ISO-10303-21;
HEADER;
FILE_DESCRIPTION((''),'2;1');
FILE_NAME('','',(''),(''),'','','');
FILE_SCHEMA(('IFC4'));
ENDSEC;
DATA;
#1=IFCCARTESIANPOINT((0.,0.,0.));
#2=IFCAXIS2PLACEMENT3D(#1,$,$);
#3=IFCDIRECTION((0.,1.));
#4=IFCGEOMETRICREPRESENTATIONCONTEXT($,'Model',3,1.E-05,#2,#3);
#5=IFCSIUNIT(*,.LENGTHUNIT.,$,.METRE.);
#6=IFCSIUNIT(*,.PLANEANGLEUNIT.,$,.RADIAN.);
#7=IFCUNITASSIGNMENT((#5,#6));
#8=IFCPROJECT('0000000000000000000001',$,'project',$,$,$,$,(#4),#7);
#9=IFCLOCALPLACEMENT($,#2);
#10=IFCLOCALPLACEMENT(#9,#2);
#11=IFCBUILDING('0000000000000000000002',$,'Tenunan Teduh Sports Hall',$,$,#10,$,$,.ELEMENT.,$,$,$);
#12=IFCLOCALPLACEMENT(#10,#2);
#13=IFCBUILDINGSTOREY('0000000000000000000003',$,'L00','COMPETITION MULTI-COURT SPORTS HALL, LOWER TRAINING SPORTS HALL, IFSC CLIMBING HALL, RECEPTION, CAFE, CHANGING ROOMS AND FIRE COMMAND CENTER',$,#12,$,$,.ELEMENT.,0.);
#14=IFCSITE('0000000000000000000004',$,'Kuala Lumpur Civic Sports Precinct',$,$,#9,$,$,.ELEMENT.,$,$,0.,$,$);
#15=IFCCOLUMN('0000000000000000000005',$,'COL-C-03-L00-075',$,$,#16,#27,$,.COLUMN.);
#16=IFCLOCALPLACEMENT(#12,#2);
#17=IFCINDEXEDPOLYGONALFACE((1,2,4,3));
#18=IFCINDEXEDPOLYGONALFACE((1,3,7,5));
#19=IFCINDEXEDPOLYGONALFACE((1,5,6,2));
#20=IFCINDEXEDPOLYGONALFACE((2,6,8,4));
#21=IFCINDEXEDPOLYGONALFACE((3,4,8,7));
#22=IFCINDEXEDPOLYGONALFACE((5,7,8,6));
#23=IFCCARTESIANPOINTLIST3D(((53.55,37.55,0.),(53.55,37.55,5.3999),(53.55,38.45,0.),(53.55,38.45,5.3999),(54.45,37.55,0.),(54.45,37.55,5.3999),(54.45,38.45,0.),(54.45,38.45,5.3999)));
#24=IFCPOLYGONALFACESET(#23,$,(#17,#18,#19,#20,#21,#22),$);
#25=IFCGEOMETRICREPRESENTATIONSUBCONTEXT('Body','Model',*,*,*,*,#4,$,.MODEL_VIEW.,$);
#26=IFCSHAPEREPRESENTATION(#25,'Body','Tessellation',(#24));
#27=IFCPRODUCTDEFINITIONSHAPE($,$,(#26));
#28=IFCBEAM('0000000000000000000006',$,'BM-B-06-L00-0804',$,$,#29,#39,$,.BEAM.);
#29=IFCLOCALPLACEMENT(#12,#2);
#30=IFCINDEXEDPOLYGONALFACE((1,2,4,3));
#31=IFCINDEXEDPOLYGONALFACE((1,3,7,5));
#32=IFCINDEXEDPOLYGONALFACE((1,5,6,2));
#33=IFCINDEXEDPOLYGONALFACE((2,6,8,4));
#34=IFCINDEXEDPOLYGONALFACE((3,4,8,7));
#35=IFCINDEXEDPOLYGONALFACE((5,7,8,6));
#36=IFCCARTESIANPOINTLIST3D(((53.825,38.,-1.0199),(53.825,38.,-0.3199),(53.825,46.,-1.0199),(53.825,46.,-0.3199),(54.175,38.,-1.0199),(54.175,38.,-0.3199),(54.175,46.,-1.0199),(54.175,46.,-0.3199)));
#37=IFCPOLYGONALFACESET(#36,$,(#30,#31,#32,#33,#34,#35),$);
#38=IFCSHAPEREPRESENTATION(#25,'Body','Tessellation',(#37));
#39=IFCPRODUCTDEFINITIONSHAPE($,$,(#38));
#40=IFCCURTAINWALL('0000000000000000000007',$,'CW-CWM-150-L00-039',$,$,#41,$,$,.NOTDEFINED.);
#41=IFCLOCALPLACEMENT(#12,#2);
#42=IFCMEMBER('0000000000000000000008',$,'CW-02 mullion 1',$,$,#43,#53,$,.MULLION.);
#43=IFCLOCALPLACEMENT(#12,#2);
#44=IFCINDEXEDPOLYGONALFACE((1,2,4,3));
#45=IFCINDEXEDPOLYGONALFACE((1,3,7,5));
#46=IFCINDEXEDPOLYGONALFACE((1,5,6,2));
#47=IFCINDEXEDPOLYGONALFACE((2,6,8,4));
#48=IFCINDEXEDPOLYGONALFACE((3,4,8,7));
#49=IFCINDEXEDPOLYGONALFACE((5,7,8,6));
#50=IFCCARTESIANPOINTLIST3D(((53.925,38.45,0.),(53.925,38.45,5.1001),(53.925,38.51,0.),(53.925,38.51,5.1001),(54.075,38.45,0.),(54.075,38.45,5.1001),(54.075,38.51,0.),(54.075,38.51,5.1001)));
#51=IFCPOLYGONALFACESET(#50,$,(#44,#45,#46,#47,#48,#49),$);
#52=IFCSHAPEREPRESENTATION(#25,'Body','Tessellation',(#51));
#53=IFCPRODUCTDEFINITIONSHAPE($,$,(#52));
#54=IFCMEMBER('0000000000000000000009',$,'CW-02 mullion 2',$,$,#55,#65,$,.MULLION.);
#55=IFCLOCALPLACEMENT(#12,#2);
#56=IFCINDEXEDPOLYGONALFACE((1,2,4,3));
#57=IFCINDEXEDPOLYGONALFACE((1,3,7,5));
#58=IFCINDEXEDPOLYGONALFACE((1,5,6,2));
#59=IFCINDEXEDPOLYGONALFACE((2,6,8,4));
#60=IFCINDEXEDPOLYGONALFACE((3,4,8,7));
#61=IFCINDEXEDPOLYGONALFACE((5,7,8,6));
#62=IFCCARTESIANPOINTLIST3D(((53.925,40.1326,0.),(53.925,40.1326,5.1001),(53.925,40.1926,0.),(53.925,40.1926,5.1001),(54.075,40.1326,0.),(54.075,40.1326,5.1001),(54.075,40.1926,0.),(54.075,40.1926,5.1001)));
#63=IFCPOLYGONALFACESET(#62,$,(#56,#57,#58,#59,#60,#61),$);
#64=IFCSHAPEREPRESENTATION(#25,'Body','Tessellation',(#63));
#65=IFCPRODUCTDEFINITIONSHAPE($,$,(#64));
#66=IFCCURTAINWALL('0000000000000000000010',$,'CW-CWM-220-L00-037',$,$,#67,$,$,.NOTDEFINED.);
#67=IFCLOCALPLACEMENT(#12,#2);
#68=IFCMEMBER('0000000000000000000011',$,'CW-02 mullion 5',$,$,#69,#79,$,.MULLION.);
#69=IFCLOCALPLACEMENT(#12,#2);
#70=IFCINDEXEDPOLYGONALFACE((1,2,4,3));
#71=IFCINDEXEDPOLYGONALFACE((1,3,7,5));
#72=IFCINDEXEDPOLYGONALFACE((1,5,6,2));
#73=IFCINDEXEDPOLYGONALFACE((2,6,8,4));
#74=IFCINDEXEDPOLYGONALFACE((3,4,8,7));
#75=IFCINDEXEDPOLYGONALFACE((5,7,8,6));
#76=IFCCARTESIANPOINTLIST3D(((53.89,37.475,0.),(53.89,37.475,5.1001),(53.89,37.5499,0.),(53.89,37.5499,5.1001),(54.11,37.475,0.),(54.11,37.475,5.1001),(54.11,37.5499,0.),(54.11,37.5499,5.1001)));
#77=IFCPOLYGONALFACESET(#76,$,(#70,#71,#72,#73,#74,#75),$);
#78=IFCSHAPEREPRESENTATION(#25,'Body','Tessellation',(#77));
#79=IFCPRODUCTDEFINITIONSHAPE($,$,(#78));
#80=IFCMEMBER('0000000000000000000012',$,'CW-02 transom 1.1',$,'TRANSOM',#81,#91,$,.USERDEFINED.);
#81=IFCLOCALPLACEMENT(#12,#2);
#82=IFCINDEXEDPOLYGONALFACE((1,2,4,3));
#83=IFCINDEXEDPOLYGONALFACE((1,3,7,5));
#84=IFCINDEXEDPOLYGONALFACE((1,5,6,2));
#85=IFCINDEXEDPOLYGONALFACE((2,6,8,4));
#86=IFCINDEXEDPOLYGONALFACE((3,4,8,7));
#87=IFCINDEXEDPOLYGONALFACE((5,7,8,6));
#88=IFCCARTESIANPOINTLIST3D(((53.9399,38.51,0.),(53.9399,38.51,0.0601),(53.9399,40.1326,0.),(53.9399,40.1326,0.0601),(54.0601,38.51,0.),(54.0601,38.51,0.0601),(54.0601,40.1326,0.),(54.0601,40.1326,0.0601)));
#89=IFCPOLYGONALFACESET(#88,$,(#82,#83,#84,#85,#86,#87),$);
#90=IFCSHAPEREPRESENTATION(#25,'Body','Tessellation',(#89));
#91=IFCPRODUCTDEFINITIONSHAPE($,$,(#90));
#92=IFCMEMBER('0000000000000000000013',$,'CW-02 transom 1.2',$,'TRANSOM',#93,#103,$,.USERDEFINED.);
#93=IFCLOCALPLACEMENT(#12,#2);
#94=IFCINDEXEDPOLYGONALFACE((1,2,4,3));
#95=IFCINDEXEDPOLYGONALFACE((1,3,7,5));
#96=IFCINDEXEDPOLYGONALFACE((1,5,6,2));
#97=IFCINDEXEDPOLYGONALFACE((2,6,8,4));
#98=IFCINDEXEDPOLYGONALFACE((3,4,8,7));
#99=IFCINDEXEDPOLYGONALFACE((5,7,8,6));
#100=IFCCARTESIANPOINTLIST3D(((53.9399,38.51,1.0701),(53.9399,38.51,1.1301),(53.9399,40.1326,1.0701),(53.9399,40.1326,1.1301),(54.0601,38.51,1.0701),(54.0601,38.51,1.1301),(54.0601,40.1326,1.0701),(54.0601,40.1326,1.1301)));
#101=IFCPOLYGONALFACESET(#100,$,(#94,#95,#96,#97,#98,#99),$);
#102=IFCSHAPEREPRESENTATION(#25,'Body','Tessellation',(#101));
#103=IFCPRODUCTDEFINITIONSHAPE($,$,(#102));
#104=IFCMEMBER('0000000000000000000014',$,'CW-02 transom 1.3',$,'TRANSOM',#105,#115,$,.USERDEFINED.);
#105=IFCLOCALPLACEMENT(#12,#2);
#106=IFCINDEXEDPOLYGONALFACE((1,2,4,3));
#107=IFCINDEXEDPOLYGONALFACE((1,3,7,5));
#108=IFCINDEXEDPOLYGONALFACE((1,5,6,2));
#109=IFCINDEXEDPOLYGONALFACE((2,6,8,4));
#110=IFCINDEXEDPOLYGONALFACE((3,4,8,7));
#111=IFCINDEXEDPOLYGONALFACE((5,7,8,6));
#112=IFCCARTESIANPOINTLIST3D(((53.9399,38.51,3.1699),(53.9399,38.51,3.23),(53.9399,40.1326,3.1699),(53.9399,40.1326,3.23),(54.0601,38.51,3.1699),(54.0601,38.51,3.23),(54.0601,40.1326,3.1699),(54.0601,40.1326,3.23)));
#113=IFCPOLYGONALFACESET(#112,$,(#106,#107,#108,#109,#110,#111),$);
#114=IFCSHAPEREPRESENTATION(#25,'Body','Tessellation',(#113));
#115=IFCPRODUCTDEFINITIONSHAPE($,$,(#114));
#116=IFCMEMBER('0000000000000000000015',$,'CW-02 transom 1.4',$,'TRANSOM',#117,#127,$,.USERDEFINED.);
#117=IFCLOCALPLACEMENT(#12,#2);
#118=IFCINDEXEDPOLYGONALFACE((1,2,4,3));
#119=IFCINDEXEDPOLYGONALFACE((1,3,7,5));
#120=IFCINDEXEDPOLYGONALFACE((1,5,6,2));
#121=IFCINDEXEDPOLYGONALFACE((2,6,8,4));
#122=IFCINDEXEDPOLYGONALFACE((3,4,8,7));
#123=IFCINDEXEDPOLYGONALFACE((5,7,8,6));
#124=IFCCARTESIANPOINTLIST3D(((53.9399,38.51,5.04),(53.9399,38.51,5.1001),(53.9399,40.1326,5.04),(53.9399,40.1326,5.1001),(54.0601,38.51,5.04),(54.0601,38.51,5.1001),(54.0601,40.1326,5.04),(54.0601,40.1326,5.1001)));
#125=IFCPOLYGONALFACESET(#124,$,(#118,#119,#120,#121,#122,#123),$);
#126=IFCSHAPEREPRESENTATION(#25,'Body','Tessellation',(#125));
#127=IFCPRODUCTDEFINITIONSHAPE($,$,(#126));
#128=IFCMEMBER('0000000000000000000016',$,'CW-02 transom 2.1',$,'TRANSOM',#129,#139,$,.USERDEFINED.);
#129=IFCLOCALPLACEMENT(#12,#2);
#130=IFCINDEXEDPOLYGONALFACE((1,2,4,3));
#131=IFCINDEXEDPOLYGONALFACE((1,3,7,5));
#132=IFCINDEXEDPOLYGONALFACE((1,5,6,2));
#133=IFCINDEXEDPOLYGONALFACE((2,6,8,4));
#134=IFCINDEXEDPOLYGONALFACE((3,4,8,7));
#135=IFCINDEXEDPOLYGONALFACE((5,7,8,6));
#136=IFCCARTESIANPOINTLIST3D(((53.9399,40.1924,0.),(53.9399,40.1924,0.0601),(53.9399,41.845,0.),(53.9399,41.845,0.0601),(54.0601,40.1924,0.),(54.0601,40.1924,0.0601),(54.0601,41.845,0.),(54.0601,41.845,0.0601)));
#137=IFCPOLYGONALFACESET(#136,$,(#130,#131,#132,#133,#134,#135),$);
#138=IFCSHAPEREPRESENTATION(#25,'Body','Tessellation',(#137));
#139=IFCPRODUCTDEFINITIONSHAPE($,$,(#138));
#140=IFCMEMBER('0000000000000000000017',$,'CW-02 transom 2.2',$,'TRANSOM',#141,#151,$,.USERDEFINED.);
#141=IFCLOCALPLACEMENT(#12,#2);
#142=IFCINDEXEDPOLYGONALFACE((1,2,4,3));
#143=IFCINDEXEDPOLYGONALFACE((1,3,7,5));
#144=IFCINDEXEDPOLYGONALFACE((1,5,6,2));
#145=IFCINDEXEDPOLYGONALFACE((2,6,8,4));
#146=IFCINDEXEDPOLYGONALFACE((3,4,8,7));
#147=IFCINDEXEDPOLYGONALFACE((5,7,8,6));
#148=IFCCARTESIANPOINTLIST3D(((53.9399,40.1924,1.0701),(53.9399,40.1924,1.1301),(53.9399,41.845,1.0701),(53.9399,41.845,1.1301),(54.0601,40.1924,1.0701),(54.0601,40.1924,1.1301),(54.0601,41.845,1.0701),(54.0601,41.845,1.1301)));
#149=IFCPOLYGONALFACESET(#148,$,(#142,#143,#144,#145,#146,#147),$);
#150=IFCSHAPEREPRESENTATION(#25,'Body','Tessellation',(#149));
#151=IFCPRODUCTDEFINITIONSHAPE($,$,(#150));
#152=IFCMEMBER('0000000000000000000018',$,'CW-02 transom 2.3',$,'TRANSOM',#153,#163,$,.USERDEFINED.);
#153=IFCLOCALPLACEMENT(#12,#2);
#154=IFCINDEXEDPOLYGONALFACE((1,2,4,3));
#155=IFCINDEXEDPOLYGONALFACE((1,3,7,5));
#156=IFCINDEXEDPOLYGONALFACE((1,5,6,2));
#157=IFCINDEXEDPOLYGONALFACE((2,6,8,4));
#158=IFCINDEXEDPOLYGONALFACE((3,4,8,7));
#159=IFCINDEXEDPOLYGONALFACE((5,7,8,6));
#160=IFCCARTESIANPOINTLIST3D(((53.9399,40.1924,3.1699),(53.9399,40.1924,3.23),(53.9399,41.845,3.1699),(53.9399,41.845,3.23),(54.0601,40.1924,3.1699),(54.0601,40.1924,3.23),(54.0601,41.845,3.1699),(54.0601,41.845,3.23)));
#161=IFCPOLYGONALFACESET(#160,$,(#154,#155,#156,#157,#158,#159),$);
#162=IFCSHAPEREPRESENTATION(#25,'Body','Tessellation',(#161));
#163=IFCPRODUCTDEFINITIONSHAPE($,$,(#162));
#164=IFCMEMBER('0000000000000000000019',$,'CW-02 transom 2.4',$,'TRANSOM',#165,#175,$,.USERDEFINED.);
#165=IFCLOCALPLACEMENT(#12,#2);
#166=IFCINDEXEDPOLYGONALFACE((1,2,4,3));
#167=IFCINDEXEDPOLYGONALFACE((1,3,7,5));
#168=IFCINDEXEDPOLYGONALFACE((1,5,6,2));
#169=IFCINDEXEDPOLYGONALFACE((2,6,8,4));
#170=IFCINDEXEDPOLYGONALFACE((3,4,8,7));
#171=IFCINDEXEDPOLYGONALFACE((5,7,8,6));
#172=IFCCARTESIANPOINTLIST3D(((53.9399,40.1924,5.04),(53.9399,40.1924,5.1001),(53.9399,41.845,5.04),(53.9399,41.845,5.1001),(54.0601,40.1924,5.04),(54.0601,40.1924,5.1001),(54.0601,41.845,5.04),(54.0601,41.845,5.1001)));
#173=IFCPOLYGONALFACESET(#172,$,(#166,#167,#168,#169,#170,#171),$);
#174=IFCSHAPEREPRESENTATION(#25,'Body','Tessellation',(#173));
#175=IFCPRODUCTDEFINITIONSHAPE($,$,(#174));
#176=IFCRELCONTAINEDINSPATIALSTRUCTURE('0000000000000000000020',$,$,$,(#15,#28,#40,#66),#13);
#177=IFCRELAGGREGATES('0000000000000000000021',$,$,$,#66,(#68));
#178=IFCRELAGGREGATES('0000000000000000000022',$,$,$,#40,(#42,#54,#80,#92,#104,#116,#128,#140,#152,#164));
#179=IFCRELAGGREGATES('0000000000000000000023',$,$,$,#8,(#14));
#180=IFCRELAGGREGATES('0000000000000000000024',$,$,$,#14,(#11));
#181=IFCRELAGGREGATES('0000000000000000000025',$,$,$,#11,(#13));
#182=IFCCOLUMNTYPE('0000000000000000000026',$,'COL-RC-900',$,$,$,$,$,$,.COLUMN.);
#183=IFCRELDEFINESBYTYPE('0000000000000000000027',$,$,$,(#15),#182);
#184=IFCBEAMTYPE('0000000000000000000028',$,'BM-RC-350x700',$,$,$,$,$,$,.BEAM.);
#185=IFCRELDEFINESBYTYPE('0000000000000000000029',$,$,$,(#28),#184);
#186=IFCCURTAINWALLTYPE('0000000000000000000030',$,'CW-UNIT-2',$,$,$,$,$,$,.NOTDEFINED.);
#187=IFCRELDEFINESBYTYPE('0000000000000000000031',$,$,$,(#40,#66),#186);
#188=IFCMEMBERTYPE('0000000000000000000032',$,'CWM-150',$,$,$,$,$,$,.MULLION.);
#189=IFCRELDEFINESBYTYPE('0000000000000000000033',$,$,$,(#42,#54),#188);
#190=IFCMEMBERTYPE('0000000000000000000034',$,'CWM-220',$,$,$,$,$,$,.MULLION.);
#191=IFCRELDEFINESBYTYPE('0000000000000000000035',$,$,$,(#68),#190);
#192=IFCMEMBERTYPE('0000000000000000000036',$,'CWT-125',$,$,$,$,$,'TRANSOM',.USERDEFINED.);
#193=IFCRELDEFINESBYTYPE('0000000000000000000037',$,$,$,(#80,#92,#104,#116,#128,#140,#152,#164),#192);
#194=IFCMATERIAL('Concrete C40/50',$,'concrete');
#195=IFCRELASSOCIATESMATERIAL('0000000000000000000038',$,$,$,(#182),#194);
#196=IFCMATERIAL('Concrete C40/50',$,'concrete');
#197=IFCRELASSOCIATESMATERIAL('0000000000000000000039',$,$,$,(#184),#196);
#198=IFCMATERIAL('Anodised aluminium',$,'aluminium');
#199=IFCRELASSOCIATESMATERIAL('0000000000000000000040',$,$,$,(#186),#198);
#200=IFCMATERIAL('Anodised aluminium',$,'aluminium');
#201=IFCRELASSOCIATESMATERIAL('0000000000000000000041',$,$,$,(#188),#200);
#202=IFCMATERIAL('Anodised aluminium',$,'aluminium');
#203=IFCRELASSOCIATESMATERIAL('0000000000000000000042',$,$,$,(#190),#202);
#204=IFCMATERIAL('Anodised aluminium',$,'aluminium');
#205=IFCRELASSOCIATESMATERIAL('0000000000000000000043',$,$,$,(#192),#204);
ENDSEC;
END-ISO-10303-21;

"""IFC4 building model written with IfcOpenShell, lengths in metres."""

from ifc_helpers import new_model, si_unit, direction, frame, origin, origin_2d, place, context, subcontext, project, spatial, rectangle, extrude, material, material_profile, profile_set, type_object, element, aggregate, save


model = new_model("IFC4")

# Units and contexts
model_context = context("Model", 3, precision=1e-05, world=origin(), true_north=direction((0.0, 1.0)))
body_context = subcontext(model_context, "Body", "Model", "MODEL_VIEW")
ifc_project = project(units=[si_unit("LENGTHUNIT", "METRE"), si_unit("PLANEANGLEUNIT", "RADIAN")], contexts=[model_context])

# Site, building, storey
site_placement = place(None, origin())
site = spatial("IfcSite", under=ifc_project, at=site_placement, Name="Kuala Lumpur Civic Sports Precinct", CompositionType="ELEMENT", RefElevation=0.0)
building_placement = place(site_placement, origin())
building = spatial("IfcBuilding", under=site, at=building_placement, Name="Tenunan Teduh Sports Hall", CompositionType="ELEMENT")
storey_placement = place(building_placement, origin())
storey = spatial("IfcBuildingStorey", under=building, at=storey_placement, Name="L00", Description="COMPETITION MULTI-COURT SPORTS HALL, LOWER TRAINING SPORTS HALL, IFSC CLIMBING HALL, RECEPTION, CAFE, CHANGING ROOMS AND FIRE COMMAND CENTER", CompositionType="ELEMENT", Elevation=0.0)

# Column
ifc_material_1 = material(Name="Concrete C40/50", Category="concrete")
ifc_material_profile_1 = material_profile(ifc_material_1, rectangle(XDim=0.8999, YDim=0.8999, at=origin_2d()), Name="RC 900x900")
ifc_profile_set_1 = profile_set([ifc_material_profile_1], Name="Concrete C40/50")
column_type = type_object("IfcColumnType", Name="COL-RC-900", PredefinedType="COLUMN", material=ifc_profile_set_1)
column_placement = place(storey_placement, frame((54.0, 38.0, 0.0), z_axis=(0.0, 0.0, 1.0), x_axis=(1.0, 0.0, 0.0)))
element("IfcColumn", 1, at=column_placement, inside=storey, type_object=column_type, Name="COL-C-03-L00-075", PredefinedType="COLUMN", context=body_context, shape_type="SweptSolid", body=[
    extrude(rectangle(XDim=0.8999, YDim=0.8999, at=origin_2d()), origin(), (0.0, 0.0, 1.0), 5.3999),
])

# Beam
ifc_material_2 = material(Name="Concrete C40/50", Category="concrete")
ifc_material_profile_2 = material_profile(ifc_material_2, rectangle(XDim=0.3501, YDim=0.7, at=origin_2d()), Name="RCB 350x700")
ifc_profile_set_2 = profile_set([ifc_material_profile_2], Name="Concrete C40/50")
beam_type = type_object("IfcBeamType", Name="BM-RC-350x700", PredefinedType="BEAM", material=ifc_profile_set_2)
beam_placement = place(storey_placement, frame((54.0, 38.0, -0.6699), z_axis=(0.0, 1.0, 0.0), x_axis=(-1.0, 0.0, 0.0)))
element("IfcBeam", 2, at=beam_placement, inside=storey, type_object=beam_type, Name="BM-B-06-L00-0804", PredefinedType="BEAM", context=body_context, shape_type="SweptSolid", body=[
    extrude(rectangle(XDim=0.3501, YDim=0.7, at=origin_2d()), origin(), (0.0, 0.0, 1.0), 8.0),
])

# Curtain wall, members
ifc_material_3 = material(Name="Anodised aluminium", Category="aluminium")
curtain_wall_type = type_object("IfcCurtainWallType", Name="CW-UNIT-2", PredefinedType="NOTDEFINED", material=ifc_material_3)
curtain_wall_1_placement = place(storey_placement, origin())
curtain_wall_1 = element("IfcCurtainWall", 3, at=curtain_wall_1_placement, inside=storey, type_object=curtain_wall_type, Name="CW-CWM-150-L00-039", PredefinedType="NOTDEFINED")
ifc_material_4 = material(Name="Anodised aluminium", Category="aluminium")
ifc_material_profile_3 = material_profile(ifc_material_4, rectangle(XDim=0.0601, YDim=0.1499, at=origin_2d()), Name="CWM 60x150")
ifc_profile_set_3 = profile_set([ifc_material_profile_3], Name="Anodised aluminium")
member_type_1 = type_object("IfcMemberType", Name="CWM-150", PredefinedType="MULLION", material=ifc_profile_set_3)
member_1_placement = place(storey_placement, frame((54.0, 38.48, 0.0), z_axis=(0.0, 0.0, 1.0), x_axis=(0.0, 1.0, 0.0)))
member_1 = element("IfcMember", 4, at=member_1_placement, type_object=member_type_1, Name="CW-02 mullion 1", PredefinedType="MULLION", context=body_context, shape_type="SweptSolid", body=[
    extrude(rectangle(XDim=0.0601, YDim=0.1499, at=origin_2d()), origin(), (0.0, 0.0, 1.0), 5.1001),
])
member_2_placement = place(storey_placement, frame((54.0, 40.1626, 0.0), z_axis=(0.0, 0.0, 1.0), x_axis=(0.0, 1.0, 0.0)))
member_2 = element("IfcMember", 5, at=member_2_placement, type_object=member_type_1, Name="CW-02 mullion 2", PredefinedType="MULLION", context=body_context, shape_type="SweptSolid", body=[
    extrude(rectangle(XDim=0.0601, YDim=0.1499, at=origin_2d()), origin(), (0.0, 0.0, 1.0), 5.1001),
])

# Curtain wall, member
curtain_wall_2_placement = place(storey_placement, origin())
curtain_wall_2 = element("IfcCurtainWall", 6, at=curtain_wall_2_placement, inside=storey, type_object=curtain_wall_type, Name="CW-CWM-220-L00-037", PredefinedType="NOTDEFINED")
ifc_material_5 = material(Name="Anodised aluminium", Category="aluminium")
ifc_material_profile_4 = material_profile(ifc_material_5, rectangle(XDim=0.075, YDim=0.22, at=origin_2d()), Name="CWM 75x220")
ifc_profile_set_4 = profile_set([ifc_material_profile_4], Name="Anodised aluminium")
member_type_2 = type_object("IfcMemberType", Name="CWM-220", PredefinedType="MULLION", material=ifc_profile_set_4)
member_3_placement = place(storey_placement, frame((54.0, 37.5125, 0.0), z_axis=(0.0, 0.0, 1.0), x_axis=(0.0, 1.0, 0.0)))
member_3 = element("IfcMember", 7, at=member_3_placement, type_object=member_type_2, Name="CW-02 mullion 5", PredefinedType="MULLION", context=body_context, shape_type="SweptSolid", body=[
    extrude(rectangle(XDim=0.075, YDim=0.22, at=origin_2d()), origin(), (0.0, 0.0, 1.0), 5.1001),
])

# Members
ifc_material_6 = material(Name="Anodised aluminium", Category="aluminium")
ifc_material_profile_5 = material_profile(ifc_material_6, rectangle(XDim=0.0601, YDim=0.1201, at=origin_2d()), Name="CWT 60x120")
ifc_profile_set_5 = profile_set([ifc_material_profile_5], Name="Anodised aluminium")
member_type_3 = type_object("IfcMemberType", Name="CWT-125", ElementType="TRANSOM", PredefinedType="USERDEFINED", material=ifc_profile_set_5)
member_4_placement = place(storey_placement, frame((54.0, 38.51, 0.03), z_axis=(0.0, 1.0, 0.0), x_axis=(0.0, 0.0, 1.0)))
member_4 = element("IfcMember", 8, at=member_4_placement, type_object=member_type_3, Name="CW-02 transom 1.1", ObjectType="TRANSOM", PredefinedType="USERDEFINED", context=body_context, shape_type="SweptSolid", body=[
    extrude(rectangle(XDim=0.0601, YDim=0.1201, at=origin_2d()), origin(), (0.0, 0.0, 1.0), 1.6226),
])
member_5_placement = place(storey_placement, frame((54.0, 38.51, 1.1001), z_axis=(0.0, 1.0, 0.0), x_axis=(0.0, 0.0, 1.0)))
member_5 = element("IfcMember", 9, at=member_5_placement, type_object=member_type_3, Name="CW-02 transom 1.2", ObjectType="TRANSOM", PredefinedType="USERDEFINED", context=body_context, shape_type="SweptSolid", body=[
    extrude(rectangle(XDim=0.0601, YDim=0.1201, at=origin_2d()), origin(), (0.0, 0.0, 1.0), 1.6226),
])
member_6_placement = place(storey_placement, frame((54.0, 38.51, 3.2), z_axis=(0.0, 1.0, 0.0), x_axis=(0.0, 0.0, 1.0)))
member_6 = element("IfcMember", 10, at=member_6_placement, type_object=member_type_3, Name="CW-02 transom 1.3", ObjectType="TRANSOM", PredefinedType="USERDEFINED", context=body_context, shape_type="SweptSolid", body=[
    extrude(rectangle(XDim=0.0601, YDim=0.1201, at=origin_2d()), origin(), (0.0, 0.0, 1.0), 1.6226),
])
member_7_placement = place(storey_placement, frame((54.0, 38.51, 5.0701), z_axis=(0.0, 1.0, 0.0), x_axis=(0.0, 0.0, 1.0)))
member_7 = element("IfcMember", 11, at=member_7_placement, type_object=member_type_3, Name="CW-02 transom 1.4", ObjectType="TRANSOM", PredefinedType="USERDEFINED", context=body_context, shape_type="SweptSolid", body=[
    extrude(rectangle(XDim=0.0601, YDim=0.1201, at=origin_2d()), origin(), (0.0, 0.0, 1.0), 1.6226),
])
member_8_placement = place(storey_placement, frame((54.0, 40.1924, 0.03), z_axis=(0.0, 1.0, 0.0), x_axis=(0.0, 0.0, 1.0)))
member_8 = element("IfcMember", 12, at=member_8_placement, type_object=member_type_3, Name="CW-02 transom 2.1", ObjectType="TRANSOM", PredefinedType="USERDEFINED", context=body_context, shape_type="SweptSolid", body=[
    extrude(rectangle(XDim=0.0601, YDim=0.1201, at=origin_2d()), origin(), (0.0, 0.0, 1.0), 1.6526),
])
member_9_placement = place(storey_placement, frame((54.0, 40.1924, 1.1001), z_axis=(0.0, 1.0, 0.0), x_axis=(0.0, 0.0, 1.0)))
member_9 = element("IfcMember", 13, at=member_9_placement, type_object=member_type_3, Name="CW-02 transom 2.2", ObjectType="TRANSOM", PredefinedType="USERDEFINED", context=body_context, shape_type="SweptSolid", body=[
    extrude(rectangle(XDim=0.0601, YDim=0.1201, at=origin_2d()), origin(), (0.0, 0.0, 1.0), 1.6526),
])
member_10_placement = place(storey_placement, frame((54.0, 40.1924, 3.2), z_axis=(0.0, 1.0, 0.0), x_axis=(0.0, 0.0, 1.0)))
member_10 = element("IfcMember", 14, at=member_10_placement, type_object=member_type_3, Name="CW-02 transom 2.3", ObjectType="TRANSOM", PredefinedType="USERDEFINED", context=body_context, shape_type="SweptSolid", body=[
    extrude(rectangle(XDim=0.0601, YDim=0.1201, at=origin_2d()), origin(), (0.0, 0.0, 1.0), 1.6526),
])
member_11_placement = place(storey_placement, frame((54.0, 40.1924, 5.0701), z_axis=(0.0, 1.0, 0.0), x_axis=(0.0, 0.0, 1.0)))
member_11 = element("IfcMember", 15, at=member_11_placement, type_object=member_type_3, Name="CW-02 transom 2.4", ObjectType="TRANSOM", PredefinedType="USERDEFINED", context=body_context, shape_type="SweptSolid", body=[
    extrude(rectangle(XDim=0.0601, YDim=0.1201, at=origin_2d()), origin(), (0.0, 0.0, 1.0), 1.6526),
])

aggregate(curtain_wall_2, [member_3])
aggregate(curtain_wall_1, [member_1, member_2, member_4, member_5, member_6, member_7, member_8, member_9, member_10, member_11])

save(model, "model.ifc")
